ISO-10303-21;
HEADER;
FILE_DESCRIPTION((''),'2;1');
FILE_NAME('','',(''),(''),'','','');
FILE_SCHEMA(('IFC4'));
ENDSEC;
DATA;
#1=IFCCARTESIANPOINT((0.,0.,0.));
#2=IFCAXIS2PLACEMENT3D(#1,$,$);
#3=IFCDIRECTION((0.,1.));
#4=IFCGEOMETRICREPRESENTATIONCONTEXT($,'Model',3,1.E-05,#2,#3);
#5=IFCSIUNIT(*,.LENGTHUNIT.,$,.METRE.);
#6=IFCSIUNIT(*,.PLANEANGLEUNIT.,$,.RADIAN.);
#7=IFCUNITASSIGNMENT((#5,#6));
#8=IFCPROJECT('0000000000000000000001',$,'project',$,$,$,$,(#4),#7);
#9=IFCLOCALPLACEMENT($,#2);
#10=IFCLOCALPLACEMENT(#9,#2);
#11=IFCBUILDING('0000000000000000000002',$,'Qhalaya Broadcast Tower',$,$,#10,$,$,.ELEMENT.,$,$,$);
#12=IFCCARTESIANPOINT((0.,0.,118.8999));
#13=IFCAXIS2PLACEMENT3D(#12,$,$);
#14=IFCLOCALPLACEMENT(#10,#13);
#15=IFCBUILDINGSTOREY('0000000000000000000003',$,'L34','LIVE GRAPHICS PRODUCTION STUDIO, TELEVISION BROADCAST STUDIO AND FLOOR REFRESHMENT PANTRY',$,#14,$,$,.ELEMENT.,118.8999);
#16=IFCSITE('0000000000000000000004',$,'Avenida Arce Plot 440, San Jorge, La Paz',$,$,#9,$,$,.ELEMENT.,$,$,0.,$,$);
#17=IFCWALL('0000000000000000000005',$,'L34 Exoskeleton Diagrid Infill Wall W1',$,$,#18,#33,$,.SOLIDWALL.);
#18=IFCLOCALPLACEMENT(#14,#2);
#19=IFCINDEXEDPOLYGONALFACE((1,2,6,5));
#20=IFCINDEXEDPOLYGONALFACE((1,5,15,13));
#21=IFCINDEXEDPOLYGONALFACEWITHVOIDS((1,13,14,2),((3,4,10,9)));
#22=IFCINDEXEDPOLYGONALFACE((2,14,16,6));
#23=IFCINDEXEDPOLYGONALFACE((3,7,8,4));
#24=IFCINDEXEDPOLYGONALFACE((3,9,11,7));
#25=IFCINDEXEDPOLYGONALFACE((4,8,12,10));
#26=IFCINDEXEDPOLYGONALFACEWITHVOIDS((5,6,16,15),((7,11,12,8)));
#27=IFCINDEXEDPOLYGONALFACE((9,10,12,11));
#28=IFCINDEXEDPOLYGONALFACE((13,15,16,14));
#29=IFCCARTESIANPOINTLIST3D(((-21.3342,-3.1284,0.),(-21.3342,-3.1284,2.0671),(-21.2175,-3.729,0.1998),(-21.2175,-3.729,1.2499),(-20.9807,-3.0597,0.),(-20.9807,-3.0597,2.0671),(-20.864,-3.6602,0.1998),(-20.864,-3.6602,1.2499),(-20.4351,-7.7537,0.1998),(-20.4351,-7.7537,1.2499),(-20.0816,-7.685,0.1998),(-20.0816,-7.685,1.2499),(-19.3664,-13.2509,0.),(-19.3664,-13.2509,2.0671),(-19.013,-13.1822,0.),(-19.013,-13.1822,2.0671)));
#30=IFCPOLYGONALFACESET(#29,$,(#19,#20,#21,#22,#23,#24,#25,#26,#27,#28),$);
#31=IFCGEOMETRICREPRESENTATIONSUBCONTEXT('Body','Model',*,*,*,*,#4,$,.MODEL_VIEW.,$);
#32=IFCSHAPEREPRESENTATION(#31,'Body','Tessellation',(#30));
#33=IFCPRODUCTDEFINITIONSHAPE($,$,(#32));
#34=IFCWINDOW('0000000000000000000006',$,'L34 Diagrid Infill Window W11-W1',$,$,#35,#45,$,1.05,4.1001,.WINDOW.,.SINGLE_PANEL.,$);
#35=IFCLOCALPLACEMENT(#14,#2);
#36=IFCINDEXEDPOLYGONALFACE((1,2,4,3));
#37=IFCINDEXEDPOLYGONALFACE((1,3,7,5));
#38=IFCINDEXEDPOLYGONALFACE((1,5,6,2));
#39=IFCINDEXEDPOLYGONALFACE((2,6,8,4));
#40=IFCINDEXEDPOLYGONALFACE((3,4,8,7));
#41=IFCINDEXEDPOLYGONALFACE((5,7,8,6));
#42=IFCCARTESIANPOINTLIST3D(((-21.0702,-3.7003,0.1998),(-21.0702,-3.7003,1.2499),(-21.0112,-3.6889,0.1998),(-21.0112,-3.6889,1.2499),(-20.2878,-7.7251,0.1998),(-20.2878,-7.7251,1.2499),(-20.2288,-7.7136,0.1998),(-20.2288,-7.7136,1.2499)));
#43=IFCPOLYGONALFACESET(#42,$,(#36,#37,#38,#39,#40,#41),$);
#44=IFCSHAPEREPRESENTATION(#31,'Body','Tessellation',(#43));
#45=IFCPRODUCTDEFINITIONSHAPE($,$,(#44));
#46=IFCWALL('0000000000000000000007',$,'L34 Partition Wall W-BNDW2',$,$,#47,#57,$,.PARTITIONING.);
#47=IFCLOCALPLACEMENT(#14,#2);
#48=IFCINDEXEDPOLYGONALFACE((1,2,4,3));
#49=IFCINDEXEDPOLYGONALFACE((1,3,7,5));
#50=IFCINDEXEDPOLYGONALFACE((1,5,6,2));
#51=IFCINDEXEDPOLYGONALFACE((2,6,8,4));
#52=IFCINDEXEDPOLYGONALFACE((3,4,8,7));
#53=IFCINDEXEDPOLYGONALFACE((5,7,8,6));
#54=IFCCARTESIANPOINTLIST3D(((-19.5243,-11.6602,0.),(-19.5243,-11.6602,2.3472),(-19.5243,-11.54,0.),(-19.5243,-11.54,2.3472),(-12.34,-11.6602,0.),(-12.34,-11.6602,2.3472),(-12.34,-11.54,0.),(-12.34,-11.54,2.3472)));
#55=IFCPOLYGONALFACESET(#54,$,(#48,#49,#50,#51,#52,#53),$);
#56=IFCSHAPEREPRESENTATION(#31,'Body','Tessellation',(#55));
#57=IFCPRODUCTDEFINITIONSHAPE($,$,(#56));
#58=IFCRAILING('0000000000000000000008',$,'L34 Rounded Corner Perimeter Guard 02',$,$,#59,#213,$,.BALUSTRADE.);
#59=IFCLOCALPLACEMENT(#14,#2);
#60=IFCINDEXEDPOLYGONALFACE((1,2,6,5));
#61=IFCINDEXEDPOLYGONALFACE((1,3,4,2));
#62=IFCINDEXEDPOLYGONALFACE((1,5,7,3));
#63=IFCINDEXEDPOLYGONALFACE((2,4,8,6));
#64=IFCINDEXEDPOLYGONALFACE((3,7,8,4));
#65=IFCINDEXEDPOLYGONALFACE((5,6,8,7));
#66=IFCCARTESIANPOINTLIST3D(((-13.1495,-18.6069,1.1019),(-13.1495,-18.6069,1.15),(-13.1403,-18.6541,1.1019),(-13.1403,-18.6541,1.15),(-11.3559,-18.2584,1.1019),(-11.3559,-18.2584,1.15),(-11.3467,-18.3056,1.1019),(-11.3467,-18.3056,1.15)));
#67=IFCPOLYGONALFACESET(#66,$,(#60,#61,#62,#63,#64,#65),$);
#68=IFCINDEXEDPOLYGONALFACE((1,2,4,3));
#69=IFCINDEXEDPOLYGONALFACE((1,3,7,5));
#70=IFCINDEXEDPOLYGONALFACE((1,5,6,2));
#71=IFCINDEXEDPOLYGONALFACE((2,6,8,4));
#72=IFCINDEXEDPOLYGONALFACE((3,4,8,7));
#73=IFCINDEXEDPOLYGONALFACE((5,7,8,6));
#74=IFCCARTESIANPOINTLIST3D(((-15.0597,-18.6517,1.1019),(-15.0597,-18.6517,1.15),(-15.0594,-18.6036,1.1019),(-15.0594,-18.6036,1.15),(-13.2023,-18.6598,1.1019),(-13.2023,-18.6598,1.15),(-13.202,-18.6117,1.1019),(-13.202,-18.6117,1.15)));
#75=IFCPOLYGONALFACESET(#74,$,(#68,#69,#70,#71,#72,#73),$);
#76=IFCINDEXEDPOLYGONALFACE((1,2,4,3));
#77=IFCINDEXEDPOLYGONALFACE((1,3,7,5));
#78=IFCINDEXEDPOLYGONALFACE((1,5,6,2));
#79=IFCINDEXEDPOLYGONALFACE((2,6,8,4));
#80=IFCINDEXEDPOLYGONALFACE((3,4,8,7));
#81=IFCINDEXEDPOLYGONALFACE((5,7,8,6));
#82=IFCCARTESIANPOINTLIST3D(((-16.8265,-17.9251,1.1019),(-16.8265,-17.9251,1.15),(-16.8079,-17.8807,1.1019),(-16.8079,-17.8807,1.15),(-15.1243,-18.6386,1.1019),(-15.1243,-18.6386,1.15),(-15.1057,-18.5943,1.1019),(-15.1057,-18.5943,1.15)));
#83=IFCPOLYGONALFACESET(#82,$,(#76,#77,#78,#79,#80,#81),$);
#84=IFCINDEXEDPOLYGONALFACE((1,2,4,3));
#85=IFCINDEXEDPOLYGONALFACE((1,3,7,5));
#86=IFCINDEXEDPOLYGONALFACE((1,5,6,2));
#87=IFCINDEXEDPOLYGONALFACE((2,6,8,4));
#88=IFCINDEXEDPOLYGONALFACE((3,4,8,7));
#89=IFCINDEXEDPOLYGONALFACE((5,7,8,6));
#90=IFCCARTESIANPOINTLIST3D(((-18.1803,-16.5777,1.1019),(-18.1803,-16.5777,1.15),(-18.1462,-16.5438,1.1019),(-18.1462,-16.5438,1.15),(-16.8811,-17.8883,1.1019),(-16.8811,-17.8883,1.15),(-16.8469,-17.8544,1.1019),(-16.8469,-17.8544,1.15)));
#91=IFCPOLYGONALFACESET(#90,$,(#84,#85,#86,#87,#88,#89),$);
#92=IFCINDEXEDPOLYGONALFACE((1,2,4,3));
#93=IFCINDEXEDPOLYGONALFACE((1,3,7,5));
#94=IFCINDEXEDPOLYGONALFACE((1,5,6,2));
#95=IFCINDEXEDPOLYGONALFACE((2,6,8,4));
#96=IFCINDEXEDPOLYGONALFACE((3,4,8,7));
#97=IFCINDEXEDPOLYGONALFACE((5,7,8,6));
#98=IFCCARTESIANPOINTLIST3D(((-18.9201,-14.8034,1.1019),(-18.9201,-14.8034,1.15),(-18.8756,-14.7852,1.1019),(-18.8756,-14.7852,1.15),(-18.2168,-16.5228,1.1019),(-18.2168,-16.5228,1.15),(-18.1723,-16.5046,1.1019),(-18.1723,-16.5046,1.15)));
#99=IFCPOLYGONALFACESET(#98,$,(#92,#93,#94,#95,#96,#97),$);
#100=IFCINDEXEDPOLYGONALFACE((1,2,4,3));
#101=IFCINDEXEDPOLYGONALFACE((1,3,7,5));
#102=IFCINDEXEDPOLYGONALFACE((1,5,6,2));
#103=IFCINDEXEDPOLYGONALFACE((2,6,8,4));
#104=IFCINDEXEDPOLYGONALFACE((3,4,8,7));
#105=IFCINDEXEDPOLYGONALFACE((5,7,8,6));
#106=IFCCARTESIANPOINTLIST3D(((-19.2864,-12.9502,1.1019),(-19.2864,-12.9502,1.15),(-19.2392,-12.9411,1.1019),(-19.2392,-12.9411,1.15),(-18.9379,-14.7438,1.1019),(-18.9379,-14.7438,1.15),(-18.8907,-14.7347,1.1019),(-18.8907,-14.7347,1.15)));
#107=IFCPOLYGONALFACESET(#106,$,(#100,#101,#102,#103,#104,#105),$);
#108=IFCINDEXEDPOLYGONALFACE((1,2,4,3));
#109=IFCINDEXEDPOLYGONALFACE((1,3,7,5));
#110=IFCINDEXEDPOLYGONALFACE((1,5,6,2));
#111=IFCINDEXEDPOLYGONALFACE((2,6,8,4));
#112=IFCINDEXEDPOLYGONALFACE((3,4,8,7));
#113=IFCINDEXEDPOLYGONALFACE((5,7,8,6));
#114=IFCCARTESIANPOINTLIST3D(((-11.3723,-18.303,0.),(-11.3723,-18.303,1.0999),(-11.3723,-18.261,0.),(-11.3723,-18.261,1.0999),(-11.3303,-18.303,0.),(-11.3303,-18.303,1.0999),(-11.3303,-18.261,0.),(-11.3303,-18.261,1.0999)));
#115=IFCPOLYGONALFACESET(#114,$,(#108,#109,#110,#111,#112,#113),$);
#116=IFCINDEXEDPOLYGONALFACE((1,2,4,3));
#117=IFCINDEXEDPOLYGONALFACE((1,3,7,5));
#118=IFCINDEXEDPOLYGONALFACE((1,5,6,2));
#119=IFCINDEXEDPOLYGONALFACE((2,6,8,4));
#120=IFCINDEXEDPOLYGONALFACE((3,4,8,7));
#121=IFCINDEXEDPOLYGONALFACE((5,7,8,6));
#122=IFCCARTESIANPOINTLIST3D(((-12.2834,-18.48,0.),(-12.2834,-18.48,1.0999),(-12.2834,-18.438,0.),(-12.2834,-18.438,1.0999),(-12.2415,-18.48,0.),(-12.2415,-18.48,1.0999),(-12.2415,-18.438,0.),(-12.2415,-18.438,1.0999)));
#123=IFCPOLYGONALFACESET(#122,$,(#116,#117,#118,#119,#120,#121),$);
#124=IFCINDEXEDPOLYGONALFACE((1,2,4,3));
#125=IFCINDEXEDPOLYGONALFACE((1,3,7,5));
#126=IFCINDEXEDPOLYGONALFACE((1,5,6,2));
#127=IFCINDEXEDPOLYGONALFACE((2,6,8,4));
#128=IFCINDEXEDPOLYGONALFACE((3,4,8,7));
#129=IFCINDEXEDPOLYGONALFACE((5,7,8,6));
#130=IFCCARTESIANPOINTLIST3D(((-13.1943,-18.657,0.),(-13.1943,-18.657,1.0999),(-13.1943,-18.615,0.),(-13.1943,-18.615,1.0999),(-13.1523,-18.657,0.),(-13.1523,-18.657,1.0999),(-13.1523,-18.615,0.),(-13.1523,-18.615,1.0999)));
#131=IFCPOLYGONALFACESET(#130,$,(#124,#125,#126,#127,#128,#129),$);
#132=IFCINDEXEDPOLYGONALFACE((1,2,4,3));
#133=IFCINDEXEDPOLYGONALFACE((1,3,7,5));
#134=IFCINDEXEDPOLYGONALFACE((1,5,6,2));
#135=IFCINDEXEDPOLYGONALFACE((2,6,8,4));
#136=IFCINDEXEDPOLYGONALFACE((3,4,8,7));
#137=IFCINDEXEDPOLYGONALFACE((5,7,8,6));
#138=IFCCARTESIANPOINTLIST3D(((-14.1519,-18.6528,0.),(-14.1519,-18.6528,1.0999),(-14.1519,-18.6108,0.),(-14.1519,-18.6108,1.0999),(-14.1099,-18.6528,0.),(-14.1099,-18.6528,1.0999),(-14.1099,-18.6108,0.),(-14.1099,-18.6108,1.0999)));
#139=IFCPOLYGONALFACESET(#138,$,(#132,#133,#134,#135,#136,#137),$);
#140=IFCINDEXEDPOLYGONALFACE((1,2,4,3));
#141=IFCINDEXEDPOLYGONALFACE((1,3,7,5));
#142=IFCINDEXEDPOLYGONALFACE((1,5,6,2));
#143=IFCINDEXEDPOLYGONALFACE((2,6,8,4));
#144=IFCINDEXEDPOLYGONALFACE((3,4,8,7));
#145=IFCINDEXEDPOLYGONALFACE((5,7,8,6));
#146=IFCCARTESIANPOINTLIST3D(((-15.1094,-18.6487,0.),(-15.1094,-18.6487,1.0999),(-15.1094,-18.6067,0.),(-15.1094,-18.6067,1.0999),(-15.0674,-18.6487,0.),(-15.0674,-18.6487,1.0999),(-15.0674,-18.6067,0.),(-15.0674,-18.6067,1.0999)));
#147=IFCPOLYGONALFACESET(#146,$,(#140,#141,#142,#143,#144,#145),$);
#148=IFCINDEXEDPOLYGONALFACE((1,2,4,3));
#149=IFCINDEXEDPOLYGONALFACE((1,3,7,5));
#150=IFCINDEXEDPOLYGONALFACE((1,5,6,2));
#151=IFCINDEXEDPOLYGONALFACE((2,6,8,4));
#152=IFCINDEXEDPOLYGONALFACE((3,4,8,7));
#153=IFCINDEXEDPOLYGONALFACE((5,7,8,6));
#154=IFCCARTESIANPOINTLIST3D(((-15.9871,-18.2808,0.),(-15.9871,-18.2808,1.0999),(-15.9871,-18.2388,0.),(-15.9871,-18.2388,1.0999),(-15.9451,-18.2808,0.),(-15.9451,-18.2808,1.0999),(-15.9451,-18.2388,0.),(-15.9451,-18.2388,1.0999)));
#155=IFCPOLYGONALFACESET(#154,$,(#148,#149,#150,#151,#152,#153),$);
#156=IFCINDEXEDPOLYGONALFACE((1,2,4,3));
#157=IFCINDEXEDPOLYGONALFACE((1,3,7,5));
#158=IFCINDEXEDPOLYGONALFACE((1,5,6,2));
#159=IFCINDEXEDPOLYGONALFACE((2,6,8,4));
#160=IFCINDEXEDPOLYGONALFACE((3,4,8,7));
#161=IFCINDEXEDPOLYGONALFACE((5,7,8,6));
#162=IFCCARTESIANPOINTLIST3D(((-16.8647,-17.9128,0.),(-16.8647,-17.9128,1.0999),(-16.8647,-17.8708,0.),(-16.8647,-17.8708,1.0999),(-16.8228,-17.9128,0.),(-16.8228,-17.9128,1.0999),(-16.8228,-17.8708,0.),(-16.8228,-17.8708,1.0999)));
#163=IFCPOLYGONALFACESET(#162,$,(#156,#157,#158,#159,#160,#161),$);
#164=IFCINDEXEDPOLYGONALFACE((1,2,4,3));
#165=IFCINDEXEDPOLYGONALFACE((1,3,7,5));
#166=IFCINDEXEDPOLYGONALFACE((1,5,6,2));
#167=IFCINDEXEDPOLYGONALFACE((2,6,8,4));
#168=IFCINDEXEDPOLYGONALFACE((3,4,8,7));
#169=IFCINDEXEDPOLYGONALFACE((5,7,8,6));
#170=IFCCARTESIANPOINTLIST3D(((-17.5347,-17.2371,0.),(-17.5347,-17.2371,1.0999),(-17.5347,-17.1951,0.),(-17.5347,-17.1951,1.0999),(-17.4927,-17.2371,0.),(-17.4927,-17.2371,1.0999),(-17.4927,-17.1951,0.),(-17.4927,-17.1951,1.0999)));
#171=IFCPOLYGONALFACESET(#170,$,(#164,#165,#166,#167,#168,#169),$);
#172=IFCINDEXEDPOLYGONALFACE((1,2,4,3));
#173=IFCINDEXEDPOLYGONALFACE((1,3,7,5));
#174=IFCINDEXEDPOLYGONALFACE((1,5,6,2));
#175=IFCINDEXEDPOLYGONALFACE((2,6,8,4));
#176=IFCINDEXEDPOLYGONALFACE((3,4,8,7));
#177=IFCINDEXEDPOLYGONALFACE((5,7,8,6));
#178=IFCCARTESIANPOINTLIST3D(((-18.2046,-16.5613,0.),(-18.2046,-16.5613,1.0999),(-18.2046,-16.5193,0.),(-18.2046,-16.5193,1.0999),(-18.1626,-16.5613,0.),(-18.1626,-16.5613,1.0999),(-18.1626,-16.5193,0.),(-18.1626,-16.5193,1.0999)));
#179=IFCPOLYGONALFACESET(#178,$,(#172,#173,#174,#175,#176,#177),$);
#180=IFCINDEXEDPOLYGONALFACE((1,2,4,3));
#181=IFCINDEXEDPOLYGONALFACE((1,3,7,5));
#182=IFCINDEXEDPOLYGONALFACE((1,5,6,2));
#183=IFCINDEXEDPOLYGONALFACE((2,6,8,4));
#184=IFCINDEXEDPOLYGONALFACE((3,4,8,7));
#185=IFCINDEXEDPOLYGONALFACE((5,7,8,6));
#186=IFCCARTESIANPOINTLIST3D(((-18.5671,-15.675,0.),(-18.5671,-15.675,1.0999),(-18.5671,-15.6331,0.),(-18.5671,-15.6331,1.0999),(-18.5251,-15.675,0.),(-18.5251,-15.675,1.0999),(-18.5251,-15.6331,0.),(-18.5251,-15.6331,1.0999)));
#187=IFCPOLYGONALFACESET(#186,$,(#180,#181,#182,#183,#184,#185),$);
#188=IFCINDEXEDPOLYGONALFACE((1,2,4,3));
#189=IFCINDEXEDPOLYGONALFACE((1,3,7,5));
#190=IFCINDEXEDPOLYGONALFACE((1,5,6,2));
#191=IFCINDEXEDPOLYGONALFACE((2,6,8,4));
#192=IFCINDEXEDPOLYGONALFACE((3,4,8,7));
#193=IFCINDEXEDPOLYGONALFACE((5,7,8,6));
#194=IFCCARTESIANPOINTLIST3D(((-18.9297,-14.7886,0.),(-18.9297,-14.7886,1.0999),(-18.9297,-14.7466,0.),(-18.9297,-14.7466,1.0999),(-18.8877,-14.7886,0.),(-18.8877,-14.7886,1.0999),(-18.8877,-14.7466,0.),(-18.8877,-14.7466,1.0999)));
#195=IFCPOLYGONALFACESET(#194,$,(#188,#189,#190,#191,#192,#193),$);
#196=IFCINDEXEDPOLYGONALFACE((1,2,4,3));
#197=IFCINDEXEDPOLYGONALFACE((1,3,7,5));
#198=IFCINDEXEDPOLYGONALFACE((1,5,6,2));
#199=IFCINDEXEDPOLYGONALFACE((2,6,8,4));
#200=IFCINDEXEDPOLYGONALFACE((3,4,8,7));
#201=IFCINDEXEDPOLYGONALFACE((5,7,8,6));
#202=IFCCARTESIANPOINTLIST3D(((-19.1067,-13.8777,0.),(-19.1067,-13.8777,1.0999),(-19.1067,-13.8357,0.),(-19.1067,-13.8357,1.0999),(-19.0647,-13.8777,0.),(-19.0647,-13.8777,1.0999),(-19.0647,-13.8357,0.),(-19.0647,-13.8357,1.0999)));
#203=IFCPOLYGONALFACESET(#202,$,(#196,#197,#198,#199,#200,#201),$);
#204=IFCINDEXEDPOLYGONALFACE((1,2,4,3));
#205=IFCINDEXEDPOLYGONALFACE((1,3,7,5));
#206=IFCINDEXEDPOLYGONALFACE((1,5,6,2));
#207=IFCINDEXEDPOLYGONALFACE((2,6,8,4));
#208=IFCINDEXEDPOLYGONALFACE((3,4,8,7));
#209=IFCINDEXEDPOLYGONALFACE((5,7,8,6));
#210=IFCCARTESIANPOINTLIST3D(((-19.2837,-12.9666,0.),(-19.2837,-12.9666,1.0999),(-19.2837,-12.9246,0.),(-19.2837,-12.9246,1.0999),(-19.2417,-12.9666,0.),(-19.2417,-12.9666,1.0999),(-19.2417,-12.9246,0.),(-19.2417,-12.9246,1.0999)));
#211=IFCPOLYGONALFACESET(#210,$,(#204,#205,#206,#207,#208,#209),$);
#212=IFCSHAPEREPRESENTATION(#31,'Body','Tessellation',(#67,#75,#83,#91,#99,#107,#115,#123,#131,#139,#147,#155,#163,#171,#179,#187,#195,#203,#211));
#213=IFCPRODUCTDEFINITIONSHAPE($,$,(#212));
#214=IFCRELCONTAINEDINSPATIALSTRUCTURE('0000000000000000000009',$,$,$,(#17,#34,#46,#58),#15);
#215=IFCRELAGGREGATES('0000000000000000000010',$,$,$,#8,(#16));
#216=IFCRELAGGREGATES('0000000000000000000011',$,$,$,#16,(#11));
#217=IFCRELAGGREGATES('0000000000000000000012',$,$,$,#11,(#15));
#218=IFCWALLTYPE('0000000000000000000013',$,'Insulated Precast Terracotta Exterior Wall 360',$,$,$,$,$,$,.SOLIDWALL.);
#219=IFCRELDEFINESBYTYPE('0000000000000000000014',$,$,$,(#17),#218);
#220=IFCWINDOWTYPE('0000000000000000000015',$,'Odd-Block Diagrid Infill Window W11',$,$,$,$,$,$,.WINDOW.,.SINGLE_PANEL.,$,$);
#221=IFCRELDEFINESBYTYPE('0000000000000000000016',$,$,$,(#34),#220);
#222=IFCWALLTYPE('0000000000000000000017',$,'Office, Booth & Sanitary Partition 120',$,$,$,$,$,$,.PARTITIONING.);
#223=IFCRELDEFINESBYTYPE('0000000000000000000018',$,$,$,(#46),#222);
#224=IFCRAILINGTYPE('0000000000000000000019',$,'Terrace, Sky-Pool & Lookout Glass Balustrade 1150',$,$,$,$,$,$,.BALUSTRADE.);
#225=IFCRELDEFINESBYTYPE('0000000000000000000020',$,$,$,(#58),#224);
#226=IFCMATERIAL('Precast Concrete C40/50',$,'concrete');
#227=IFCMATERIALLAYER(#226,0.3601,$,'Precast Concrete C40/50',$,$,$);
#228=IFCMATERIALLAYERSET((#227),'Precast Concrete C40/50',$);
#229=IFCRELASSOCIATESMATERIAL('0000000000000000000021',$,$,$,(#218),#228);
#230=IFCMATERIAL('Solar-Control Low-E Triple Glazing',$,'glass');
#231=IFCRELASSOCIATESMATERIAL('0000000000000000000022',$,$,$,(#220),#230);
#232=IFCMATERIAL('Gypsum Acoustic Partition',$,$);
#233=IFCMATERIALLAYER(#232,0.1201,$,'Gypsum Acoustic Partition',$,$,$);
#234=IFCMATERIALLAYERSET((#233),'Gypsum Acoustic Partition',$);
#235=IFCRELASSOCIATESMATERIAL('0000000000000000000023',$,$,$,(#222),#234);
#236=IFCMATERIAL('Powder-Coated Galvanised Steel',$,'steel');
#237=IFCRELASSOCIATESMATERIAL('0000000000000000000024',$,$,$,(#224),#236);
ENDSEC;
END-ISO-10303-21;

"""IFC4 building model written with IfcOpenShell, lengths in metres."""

from ifc_helpers import new_model, si_unit, direction, frame, frame_2d, origin, origin_2d, place, context, subcontext, project, spatial, rectangle, extrude, material, layer, layer_set, type_object, element, fill, save


model = new_model("IFC4")

# Units and contexts
model_context = context("Model", 3, precision=1e-05, world=origin(), true_north=direction((0.0, 1.0)))
body_context = subcontext(model_context, "Body", "Model", "MODEL_VIEW")
ifc_project = project(units=[si_unit("LENGTHUNIT", "METRE"), si_unit("PLANEANGLEUNIT", "RADIAN")], contexts=[model_context])

# Site, building, storey
site_placement = place(None, origin())
site = spatial("IfcSite", under=ifc_project, at=site_placement, Name="Avenida Arce Plot 440, San Jorge, La Paz", CompositionType="ELEMENT", RefElevation=0.0)
building_placement = place(site_placement, origin())
building = spatial("IfcBuilding", under=site, at=building_placement, Name="Qhalaya Broadcast Tower", CompositionType="ELEMENT")
storey_placement = place(building_placement, frame((0.0, 0.0, 118.8999)))
storey = spatial("IfcBuildingStorey", under=building, at=storey_placement, Name="L34", Description="LIVE GRAPHICS PRODUCTION STUDIO, TELEVISION BROADCAST STUDIO AND FLOOR REFRESHMENT PANTRY", CompositionType="ELEMENT", Elevation=118.8999)

# Shared definitions
ifc_material_1 = material(Name="Gypsum Acoustic Partition")

# Wall, opening, window
ifc_material_2 = material(Name="Precast Concrete C40/50", Category="concrete")
ifc_layer_1 = layer(ifc_material_2, 0.3601, Name="Precast Concrete C40/50")
ifc_layer_set_1 = layer_set([ifc_layer_1], Name="Precast Concrete C40/50")
wall_type_1 = type_object("IfcWallType", Name="Insulated Precast Terracotta Exterior Wall 360", PredefinedType="SOLIDWALL", material=ifc_layer_set_1)
wall_1_placement = place(storey_placement, frame((-19.1897, -13.2166, 0.0), z_axis=(0.0, 0.0, 1.0), x_axis=(-0.190823, 0.981625, 0.0)))
wall_1 = element("IfcWall", 1, at=wall_1_placement, inside=storey, type_object=wall_type_1, Name="L34 Exoskeleton Diagrid Infill Wall W1", PredefinedType="SOLIDWALL", context=body_context, shape_type="SweptSolid", body=[
    extrude(rectangle(XDim=10.312, YDim=0.3601, at=frame_2d((5.156, 0.0))), origin(), (0.0, 0.0, 1.0), 2.0671),
])
opening_1_placement = place(wall_1_placement, frame((5.6001, 0.0, 0.2)))
opening_1 = element("IfcOpeningElement", 2, at=opening_1_placement, cuts=wall_1, PredefinedType="OPENING", context=body_context, shape_type="SweptSolid", body=[
    extrude(rectangle(XDim=4.1001, YDim=1.05, at=frame_2d((2.05, 0.5249))), frame((0.0, 0.1921, 0.0), z_axis=(0.0, -1.0, 0.0), x_axis=(1.0, 0.0, 0.0)), (0.0, 0.0, 1.0), 0.384),
])
ifc_material_3 = material(Name="Solar-Control Low-E Triple Glazing", Category="glass")
window_type = type_object("IfcWindowType", Name="Odd-Block Diagrid Infill Window W11", PartitioningType="SINGLE_PANEL", PredefinedType="WINDOW", material=ifc_material_3)
window_placement = place(opening_1_placement, origin())
window = element("IfcWindow", 3, at=window_placement, inside=storey, type_object=window_type, Name="L34 Diagrid Infill Window W11-W1", OverallHeight=1.05, OverallWidth=4.1001, PartitioningType="SINGLE_PANEL", PredefinedType="WINDOW", context=body_context, shape_type="SweptSolid", body=[
    extrude(rectangle(XDim=4.1001, YDim=1.05, at=frame_2d((2.05, 0.5249))), frame((0.0, 0.03, 0.0), z_axis=(0.0, -1.0, 0.0), x_axis=(1.0, 0.0, 0.0)), (0.0, 0.0, 1.0), 0.0601),
])
fill(opening_1, window)

# Wall
ifc_layer_2 = layer(ifc_material_1, 0.1201, Name="Gypsum Acoustic Partition")
ifc_layer_set_2 = layer_set([ifc_layer_2], Name="Gypsum Acoustic Partition")
wall_type_2 = type_object("IfcWallType", Name="Office, Booth & Sanitary Partition 120", PredefinedType="PARTITIONING", material=ifc_layer_set_2)
wall_2_placement = place(storey_placement, frame((-19.5244, -11.6001, 0.0), z_axis=(0.0, 0.0, 1.0), x_axis=(1.0, 0.0, 0.0)))
element("IfcWall", 4, at=wall_2_placement, inside=storey, type_object=wall_type_2, Name="L34 Partition Wall W-BNDW2", PredefinedType="PARTITIONING", context=body_context, shape_type="SweptSolid", body=[
    extrude(rectangle(XDim=7.1843, YDim=0.1201, at=frame_2d((3.5923, 0.0))), origin(), (0.0, 0.0, 1.0), 2.3472),
])

# Railing
ifc_material_4 = material(Name="Powder-Coated Galvanised Steel", Category="steel")
railing_type = type_object("IfcRailingType", Name="Terrace, Sky-Pool & Lookout Glass Balustrade 1150", PredefinedType="BALUSTRADE", material=ifc_material_4)
railing_placement = place(storey_placement, frame((-11.3513, -18.282, 0.0)))
element("IfcRailing", 5, at=railing_placement, inside=storey, type_object=railing_type, Name="L34 Rounded Corner Perimeter Guard 02", PredefinedType="BALUSTRADE", context=body_context, shape_type="SweptSolid", body=[
    extrude(rectangle(XDim=0.0481, YDim=0.0481, at=origin_2d()), frame((0.0, 0.0, 1.126), z_axis=(-0.981643, -0.190725, 0.0), x_axis=(0.190725, -0.981643, 0.0)), (0.0, 0.0, 1.0), 1.8271),
    extrude(rectangle(XDim=0.0481, YDim=0.0481, at=origin_2d()), frame((-1.8508, -0.3538, 1.126), z_axis=(-0.999991, 0.004334, 0.0), x_axis=(-0.004334, -0.999991, 0.0)), (0.0, 0.0, 1.0), 1.8574),
    extrude(rectangle(XDim=0.0481, YDim=0.0481, at=origin_2d()), frame((-3.7637, -0.3345, 1.126), z_axis=(-0.922247, 0.3866, 0.0), x_axis=(-0.3866, -0.922247, 0.0)), (0.0, 0.0, 1.0), 1.8457),
    extrude(rectangle(XDim=0.0481, YDim=0.0481, at=origin_2d()), frame((-5.5127, 0.4106, 1.126), z_axis=(-0.704021, 0.710179, 0.0), x_axis=(-0.710179, -0.704021, 0.0)), (0.0, 0.0, 1.0), 1.8455),
    extrude(rectangle(XDim=0.0481, YDim=0.0481, at=origin_2d()), frame((-6.8433, 1.7683, 1.126), z_axis=(-0.378588, 0.925565, 0.0), x_axis=(-0.925565, -0.378588, 0.0)), (0.0, 0.0, 1.0), 1.8577),
    extrude(rectangle(XDim=0.0481, YDim=0.0481, at=origin_2d()), frame((-7.563, 3.5427, 1.126), z_axis=(-0.190725, 0.981643, 0.0), x_axis=(-0.981643, -0.190725, 0.0)), (0.0, 0.0, 1.0), 1.8271),
    extrude(rectangle(XDim=0.042, YDim=0.042, at=origin_2d()), origin(), (0.0, 0.0, 1.0), 1.0999),
    extrude(rectangle(XDim=0.042, YDim=0.042, at=origin_2d()), frame((-0.9111, -0.177, 0.0)), (0.0, 0.0, 1.0), 1.0999),
    extrude(rectangle(XDim=0.042, YDim=0.042, at=origin_2d()), frame((-1.822, -0.354, 0.0)), (0.0, 0.0, 1.0), 1.0999),
    extrude(rectangle(XDim=0.042, YDim=0.042, at=origin_2d()), frame((-2.7795, -0.3499, 0.0)), (0.0, 0.0, 1.0), 1.0999),
    extrude(rectangle(XDim=0.042, YDim=0.042, at=origin_2d()), frame((-3.7371, -0.3457, 0.0)), (0.0, 0.0, 1.0), 1.0999),
    extrude(rectangle(XDim=0.042, YDim=0.042, at=origin_2d()), frame((-4.6147, 0.0222, 0.0)), (0.0, 0.0, 1.0), 1.0999),
    extrude(rectangle(XDim=0.042, YDim=0.042, at=origin_2d()), frame((-5.4924, 0.3901, 0.0)), (0.0, 0.0, 1.0), 1.0999),
    extrude(rectangle(XDim=0.042, YDim=0.042, at=origin_2d()), frame((-6.1624, 1.0659, 0.0)), (0.0, 0.0, 1.0), 1.0999),
    extrude(rectangle(XDim=0.042, YDim=0.042, at=origin_2d()), frame((-6.8323, 1.7417, 0.0)), (0.0, 0.0, 1.0), 1.0999),
    extrude(rectangle(XDim=0.042, YDim=0.042, at=origin_2d()), frame((-7.1948, 2.6279, 0.0)), (0.0, 0.0, 1.0), 1.0999),
    extrude(rectangle(XDim=0.042, YDim=0.042, at=origin_2d()), frame((-7.5574, 3.5144, 0.0)), (0.0, 0.0, 1.0), 1.0999),
    extrude(rectangle(XDim=0.042, YDim=0.042, at=origin_2d()), frame((-7.7344, 4.4253, 0.0)), (0.0, 0.0, 1.0), 1.0999),
    extrude(rectangle(XDim=0.042, YDim=0.042, at=origin_2d()), frame((-7.9114, 5.3364, 0.0)), (0.0, 0.0, 1.0), 1.0999),
])

save(model, "model.ifc")
